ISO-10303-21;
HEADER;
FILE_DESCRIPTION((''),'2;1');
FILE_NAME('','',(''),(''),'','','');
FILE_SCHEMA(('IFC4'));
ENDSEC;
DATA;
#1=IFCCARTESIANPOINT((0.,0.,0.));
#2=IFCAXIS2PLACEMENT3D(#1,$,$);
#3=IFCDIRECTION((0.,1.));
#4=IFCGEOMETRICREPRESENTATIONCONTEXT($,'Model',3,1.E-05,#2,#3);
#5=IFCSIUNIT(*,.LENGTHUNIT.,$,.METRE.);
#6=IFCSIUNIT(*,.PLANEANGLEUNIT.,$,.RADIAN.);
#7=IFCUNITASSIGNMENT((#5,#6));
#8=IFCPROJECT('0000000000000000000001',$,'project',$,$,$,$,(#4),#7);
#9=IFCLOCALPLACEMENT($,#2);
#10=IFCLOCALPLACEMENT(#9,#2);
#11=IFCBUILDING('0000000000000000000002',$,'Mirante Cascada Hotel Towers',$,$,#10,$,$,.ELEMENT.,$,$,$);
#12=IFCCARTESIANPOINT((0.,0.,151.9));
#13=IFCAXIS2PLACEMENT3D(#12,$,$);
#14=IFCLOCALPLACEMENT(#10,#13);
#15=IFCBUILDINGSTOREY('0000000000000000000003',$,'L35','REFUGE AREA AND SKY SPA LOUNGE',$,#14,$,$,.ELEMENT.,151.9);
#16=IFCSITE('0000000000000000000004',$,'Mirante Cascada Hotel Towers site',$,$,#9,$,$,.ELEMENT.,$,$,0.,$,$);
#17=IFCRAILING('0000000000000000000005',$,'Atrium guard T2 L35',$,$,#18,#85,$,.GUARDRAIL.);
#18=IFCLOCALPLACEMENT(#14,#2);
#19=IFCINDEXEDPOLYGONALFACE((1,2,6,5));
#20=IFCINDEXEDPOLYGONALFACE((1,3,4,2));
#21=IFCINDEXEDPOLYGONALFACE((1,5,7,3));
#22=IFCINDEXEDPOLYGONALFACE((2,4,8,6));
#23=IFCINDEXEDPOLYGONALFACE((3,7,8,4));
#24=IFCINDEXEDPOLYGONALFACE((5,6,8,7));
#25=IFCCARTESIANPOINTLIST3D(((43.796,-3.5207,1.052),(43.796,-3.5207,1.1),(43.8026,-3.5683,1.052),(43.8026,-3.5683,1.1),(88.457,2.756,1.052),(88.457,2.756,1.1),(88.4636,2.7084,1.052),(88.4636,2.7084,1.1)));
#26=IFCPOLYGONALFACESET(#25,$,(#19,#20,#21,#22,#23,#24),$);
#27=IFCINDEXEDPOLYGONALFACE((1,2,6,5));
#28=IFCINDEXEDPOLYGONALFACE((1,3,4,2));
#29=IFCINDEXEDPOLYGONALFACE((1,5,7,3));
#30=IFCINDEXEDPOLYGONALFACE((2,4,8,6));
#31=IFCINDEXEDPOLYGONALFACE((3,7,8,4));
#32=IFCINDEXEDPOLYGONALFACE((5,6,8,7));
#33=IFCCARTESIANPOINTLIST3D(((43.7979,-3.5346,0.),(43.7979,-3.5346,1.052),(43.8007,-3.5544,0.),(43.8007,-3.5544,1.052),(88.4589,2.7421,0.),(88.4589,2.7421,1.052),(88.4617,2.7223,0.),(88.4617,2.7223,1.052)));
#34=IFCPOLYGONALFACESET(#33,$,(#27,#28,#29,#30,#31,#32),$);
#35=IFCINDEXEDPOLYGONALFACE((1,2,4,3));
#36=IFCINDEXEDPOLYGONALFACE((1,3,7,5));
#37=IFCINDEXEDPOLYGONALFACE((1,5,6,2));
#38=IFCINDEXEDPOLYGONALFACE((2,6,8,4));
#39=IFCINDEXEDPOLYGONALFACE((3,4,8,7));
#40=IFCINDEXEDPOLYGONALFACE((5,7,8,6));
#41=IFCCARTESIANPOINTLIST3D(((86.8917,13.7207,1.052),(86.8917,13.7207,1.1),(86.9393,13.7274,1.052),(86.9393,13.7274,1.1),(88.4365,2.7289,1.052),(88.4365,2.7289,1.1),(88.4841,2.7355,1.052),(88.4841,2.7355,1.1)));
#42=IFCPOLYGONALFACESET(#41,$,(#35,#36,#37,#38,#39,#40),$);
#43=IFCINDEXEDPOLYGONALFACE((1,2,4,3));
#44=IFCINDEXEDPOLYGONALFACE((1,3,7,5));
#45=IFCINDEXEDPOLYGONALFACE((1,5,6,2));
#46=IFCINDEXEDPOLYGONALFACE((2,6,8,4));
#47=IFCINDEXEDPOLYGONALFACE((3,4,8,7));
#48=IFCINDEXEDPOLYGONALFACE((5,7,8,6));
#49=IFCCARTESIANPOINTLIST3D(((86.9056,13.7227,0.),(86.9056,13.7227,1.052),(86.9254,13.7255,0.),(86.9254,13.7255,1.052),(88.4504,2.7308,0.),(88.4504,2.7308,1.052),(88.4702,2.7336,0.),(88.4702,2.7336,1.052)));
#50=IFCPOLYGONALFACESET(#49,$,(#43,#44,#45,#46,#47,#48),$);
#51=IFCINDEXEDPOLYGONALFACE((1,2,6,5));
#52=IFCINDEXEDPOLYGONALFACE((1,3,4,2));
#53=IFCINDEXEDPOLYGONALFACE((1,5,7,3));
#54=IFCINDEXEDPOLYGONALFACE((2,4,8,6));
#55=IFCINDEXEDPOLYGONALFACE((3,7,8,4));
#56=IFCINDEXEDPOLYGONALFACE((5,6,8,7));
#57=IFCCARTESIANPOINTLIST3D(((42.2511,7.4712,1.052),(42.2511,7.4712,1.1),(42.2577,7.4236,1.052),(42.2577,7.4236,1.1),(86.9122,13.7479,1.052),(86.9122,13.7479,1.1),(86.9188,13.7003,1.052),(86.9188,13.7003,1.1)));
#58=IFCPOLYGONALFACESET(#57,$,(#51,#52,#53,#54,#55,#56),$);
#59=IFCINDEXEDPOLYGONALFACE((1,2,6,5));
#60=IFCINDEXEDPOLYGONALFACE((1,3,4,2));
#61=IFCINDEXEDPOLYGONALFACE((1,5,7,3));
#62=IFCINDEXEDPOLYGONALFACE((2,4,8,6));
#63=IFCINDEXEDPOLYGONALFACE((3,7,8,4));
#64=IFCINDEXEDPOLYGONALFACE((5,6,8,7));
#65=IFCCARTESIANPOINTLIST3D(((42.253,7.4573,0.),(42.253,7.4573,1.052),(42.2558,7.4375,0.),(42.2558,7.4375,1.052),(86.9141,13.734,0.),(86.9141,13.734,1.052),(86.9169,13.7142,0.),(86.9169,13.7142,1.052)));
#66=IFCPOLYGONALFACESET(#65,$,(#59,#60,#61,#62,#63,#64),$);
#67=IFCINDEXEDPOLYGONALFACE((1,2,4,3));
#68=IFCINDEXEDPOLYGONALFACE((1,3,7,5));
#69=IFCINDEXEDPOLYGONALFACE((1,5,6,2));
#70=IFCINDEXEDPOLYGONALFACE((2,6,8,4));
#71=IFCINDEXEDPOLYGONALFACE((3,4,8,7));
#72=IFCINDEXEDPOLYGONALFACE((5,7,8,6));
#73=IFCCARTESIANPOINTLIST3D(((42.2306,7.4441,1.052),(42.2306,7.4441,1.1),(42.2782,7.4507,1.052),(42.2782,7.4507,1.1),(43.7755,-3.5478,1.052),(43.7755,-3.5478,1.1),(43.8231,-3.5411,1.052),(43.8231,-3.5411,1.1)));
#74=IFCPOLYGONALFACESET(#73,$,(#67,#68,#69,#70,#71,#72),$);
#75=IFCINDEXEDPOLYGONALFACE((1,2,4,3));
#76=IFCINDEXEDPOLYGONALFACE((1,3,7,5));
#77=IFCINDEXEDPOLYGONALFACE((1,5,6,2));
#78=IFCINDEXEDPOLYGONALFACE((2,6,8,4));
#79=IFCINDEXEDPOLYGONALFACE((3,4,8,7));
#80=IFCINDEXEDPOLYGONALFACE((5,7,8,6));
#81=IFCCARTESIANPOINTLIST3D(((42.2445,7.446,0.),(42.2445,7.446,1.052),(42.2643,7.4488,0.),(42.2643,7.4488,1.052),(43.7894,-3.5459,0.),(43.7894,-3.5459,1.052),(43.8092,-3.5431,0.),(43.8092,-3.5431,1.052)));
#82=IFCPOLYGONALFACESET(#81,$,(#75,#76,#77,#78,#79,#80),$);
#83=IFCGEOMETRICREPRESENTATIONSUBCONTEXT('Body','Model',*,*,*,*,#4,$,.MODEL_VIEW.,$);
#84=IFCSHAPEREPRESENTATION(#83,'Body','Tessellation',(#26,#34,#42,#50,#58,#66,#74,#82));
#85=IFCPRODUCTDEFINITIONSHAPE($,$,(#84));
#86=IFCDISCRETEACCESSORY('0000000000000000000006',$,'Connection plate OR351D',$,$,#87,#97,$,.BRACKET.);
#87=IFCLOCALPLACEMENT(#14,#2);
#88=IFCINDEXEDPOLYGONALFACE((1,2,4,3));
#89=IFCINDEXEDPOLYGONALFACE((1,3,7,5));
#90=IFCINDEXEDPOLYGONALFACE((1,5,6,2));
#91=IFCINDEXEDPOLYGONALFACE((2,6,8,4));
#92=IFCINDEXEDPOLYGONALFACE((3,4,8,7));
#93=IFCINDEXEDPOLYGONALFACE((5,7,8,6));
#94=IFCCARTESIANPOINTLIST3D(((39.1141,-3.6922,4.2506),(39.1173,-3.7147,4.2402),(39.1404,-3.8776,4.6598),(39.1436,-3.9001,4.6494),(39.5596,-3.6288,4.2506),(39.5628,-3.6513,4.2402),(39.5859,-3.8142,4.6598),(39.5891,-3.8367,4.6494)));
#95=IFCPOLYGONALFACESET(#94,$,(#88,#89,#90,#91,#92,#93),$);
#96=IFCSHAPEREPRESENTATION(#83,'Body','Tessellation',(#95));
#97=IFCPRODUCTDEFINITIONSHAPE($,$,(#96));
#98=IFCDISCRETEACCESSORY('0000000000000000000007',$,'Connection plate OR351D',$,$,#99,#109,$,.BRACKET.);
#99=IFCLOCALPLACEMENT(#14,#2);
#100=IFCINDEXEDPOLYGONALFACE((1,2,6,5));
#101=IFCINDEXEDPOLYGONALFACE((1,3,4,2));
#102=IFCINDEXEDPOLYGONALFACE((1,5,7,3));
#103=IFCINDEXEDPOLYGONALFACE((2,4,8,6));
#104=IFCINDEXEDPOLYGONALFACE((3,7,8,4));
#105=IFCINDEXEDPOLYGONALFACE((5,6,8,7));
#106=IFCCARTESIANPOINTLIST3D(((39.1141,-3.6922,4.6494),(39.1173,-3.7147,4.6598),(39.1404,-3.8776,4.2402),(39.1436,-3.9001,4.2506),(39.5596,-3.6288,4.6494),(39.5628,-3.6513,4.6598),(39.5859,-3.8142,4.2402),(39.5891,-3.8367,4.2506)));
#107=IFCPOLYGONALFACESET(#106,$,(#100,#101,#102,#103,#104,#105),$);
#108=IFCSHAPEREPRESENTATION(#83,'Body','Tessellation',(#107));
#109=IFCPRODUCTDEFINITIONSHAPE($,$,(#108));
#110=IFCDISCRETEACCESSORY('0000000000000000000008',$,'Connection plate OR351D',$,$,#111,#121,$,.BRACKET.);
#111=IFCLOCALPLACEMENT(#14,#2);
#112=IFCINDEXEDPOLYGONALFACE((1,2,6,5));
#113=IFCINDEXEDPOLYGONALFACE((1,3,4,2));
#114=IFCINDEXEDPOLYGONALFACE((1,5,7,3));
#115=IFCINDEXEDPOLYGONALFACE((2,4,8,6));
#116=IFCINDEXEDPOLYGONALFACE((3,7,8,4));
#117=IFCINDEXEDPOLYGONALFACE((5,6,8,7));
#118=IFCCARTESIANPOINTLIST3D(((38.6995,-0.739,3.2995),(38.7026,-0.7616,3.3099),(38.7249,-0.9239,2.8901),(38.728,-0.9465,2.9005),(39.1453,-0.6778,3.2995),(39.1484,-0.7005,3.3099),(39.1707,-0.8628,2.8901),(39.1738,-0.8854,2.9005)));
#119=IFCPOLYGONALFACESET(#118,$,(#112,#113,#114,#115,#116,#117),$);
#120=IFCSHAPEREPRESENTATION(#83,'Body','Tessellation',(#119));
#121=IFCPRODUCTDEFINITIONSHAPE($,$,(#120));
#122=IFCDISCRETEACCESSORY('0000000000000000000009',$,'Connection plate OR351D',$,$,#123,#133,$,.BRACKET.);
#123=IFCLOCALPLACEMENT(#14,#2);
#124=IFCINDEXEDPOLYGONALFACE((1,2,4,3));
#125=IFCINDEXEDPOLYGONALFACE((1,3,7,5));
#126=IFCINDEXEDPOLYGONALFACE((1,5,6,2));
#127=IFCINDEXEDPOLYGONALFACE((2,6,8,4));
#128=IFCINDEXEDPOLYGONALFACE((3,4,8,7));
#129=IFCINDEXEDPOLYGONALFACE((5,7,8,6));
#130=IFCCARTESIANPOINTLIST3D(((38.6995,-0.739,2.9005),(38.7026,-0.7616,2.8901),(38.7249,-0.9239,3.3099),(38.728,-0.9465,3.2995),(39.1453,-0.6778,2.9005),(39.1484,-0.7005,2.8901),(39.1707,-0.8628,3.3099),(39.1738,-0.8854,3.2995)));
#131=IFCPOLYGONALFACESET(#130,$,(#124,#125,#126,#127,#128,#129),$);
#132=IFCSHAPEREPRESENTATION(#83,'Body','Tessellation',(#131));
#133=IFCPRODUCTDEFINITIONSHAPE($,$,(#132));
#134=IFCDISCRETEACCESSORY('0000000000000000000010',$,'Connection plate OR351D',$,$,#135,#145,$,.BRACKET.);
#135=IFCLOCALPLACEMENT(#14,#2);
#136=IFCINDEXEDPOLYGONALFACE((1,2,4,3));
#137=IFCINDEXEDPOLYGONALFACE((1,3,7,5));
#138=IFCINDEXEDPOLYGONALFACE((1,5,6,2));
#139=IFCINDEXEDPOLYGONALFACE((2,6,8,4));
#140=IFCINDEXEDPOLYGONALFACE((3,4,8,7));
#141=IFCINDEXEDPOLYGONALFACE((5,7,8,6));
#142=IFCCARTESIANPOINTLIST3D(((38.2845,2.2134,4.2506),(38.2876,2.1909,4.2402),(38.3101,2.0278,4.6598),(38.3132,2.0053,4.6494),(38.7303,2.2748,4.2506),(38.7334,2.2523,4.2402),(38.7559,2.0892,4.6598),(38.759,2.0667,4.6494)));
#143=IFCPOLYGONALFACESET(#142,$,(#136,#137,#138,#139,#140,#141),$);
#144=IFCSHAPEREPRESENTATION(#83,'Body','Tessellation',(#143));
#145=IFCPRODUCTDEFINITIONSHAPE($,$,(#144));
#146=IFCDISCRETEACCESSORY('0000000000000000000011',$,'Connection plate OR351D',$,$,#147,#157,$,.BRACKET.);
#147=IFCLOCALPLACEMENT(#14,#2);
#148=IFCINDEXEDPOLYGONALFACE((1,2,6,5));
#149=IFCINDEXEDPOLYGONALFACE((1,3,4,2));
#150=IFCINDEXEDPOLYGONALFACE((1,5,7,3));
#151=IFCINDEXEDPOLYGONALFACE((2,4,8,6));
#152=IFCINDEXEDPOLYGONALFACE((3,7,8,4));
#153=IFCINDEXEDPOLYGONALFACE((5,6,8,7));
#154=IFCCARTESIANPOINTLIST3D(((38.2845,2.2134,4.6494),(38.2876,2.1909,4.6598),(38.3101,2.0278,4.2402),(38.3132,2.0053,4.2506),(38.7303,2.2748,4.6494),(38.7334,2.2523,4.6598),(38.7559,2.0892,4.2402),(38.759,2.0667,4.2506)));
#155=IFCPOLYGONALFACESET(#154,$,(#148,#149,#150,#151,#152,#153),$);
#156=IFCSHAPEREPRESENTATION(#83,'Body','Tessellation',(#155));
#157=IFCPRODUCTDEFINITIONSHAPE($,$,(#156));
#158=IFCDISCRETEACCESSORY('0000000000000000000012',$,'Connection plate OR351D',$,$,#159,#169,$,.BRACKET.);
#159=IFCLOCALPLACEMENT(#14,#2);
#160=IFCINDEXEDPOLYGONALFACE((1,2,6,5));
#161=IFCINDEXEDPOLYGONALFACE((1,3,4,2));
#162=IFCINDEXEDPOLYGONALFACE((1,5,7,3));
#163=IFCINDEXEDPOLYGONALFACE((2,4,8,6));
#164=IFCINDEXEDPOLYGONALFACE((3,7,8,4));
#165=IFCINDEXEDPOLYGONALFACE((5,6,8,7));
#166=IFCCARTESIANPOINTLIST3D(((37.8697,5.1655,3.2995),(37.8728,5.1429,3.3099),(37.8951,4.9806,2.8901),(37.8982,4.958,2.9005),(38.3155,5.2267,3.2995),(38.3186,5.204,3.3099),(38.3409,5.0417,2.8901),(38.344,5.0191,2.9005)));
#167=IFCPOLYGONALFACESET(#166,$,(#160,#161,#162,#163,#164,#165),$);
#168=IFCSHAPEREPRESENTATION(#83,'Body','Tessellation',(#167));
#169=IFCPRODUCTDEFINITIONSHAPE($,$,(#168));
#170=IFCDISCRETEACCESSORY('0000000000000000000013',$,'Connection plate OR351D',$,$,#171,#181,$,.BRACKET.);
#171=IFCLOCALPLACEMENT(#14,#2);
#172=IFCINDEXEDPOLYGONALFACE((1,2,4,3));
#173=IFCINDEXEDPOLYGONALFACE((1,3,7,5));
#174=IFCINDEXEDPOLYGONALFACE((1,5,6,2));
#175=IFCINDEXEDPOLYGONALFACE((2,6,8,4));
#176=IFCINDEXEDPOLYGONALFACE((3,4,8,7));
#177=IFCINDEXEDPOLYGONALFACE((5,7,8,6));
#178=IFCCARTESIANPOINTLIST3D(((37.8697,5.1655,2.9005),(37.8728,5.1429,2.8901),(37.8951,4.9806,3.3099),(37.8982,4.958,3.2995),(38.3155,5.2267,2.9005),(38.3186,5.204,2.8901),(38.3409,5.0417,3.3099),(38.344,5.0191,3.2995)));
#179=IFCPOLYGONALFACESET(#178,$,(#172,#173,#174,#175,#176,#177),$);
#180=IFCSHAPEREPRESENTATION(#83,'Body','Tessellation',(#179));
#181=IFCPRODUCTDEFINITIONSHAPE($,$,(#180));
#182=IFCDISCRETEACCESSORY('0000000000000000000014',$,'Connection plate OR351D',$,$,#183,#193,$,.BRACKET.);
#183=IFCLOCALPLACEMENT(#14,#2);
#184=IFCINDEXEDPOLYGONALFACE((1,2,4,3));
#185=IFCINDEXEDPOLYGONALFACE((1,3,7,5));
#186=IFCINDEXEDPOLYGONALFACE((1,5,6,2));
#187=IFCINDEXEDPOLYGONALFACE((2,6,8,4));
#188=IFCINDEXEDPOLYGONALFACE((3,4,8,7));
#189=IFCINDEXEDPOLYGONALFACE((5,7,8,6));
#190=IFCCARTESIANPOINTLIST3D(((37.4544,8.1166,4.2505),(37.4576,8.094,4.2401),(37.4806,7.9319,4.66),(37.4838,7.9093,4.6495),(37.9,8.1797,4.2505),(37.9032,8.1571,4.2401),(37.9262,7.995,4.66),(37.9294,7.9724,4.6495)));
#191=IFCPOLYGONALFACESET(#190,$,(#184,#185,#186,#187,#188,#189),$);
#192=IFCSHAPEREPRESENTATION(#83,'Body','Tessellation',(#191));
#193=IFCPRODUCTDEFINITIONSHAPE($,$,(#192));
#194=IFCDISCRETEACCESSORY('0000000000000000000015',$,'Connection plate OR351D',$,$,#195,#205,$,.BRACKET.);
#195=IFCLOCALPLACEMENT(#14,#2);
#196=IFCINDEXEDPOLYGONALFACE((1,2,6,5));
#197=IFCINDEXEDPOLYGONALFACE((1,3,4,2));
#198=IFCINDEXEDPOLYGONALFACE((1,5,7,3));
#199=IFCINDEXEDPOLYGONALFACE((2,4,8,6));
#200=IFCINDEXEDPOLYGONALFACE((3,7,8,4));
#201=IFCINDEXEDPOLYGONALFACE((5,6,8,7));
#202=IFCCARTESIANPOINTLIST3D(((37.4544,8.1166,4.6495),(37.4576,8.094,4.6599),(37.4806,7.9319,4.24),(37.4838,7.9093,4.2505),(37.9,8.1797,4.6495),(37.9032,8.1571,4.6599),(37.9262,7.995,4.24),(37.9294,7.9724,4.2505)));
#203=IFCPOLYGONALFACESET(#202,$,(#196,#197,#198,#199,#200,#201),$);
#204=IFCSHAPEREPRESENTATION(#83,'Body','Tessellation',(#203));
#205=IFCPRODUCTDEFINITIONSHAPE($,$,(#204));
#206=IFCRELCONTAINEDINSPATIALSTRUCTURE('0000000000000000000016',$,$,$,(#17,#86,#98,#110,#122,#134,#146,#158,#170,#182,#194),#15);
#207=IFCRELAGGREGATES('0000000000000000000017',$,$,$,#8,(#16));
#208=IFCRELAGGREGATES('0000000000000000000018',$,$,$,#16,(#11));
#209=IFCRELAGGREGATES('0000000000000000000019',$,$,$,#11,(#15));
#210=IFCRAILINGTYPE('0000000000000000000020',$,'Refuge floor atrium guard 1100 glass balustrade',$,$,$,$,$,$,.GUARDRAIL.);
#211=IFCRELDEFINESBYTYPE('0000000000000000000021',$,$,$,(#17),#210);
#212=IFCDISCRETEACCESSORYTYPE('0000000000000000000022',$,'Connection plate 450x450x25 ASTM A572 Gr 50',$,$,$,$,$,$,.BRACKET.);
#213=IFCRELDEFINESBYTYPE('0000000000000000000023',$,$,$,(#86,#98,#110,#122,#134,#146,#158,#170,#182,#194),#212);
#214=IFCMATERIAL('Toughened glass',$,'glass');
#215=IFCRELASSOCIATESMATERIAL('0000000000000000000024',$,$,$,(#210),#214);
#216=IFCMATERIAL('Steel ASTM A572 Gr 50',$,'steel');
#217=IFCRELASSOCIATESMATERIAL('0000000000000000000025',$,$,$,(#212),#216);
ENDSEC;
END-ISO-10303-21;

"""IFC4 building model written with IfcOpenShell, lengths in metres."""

from ifc_helpers import new_model, si_unit, direction, frame, origin, origin_2d, place, context, subcontext, project, spatial, rectangle, extrude, material, material_profile, profile_set, type_object, element, save


model = new_model("IFC4")

# Units and contexts
model_context = context("Model", 3, precision=1e-05, world=origin(), true_north=direction((0.0, 1.0)))
body_context = subcontext(model_context, "Body", "Model", "MODEL_VIEW")
ifc_project = project(units=[si_unit("LENGTHUNIT", "METRE"), si_unit("PLANEANGLEUNIT", "RADIAN")], contexts=[model_context])

# Site, building, storey
site_placement = place(None, origin())
site = spatial("IfcSite", under=ifc_project, at=site_placement, Name="Mirante Cascada Hotel Towers site", CompositionType="ELEMENT", RefElevation=0.0)
building_placement = place(site_placement, origin())
building = spatial("IfcBuilding", under=site, at=building_placement, Name="Mirante Cascada Hotel Towers", CompositionType="ELEMENT")
storey_placement = place(building_placement, frame((0.0, 0.0, 151.9)))
storey = spatial("IfcBuildingStorey", under=building, at=storey_placement, Name="L35", Description="REFUGE AREA AND SKY SPA LOUNGE", CompositionType="ELEMENT", Elevation=151.9)

# Railing
ifc_material_1 = material(Name="Toughened glass", Category="glass")
railing_type = type_object("IfcRailingType", Name="Refuge floor atrium guard 1100 glass balustrade", PredefinedType="GUARDRAIL", material=ifc_material_1)
railing_placement = place(storey_placement, frame((43.7993, -3.5445, 0.0)))
element("IfcRailing", 1, at=railing_placement, inside=storey, type_object=railing_type, Name="Atrium guard T2 L35", PredefinedType="GUARDRAIL", context=body_context, shape_type="SweptSolid", body=[
    extrude(rectangle(XDim=0.048, YDim=0.048, at=origin_2d()), frame((0.0, 0.0, 1.076), z_axis=(0.990268, 0.139173, 0.0), x_axis=(-0.139173, 0.990268, 0.0)), (0.0, 0.0, 1.0), 45.0999),
    extrude(rectangle(XDim=0.02, YDim=1.052, at=origin_2d()), frame((0.0, 0.0, 0.526), z_axis=(0.990268, 0.139173, 0.0), x_axis=(-0.139173, 0.990268, 0.0)), (0.0, 0.0, 1.0), 45.0999),
    extrude(rectangle(XDim=0.048, YDim=0.048, at=origin_2d()), frame((44.661, 6.2767, 1.076), z_axis=(-0.139172, 0.990268, 0.0), x_axis=(-0.990268, -0.139172, 0.0)), (0.0, 0.0, 1.0), 11.0999),
    extrude(rectangle(XDim=0.02, YDim=1.052, at=origin_2d()), frame((44.661, 6.2767, 0.526), z_axis=(-0.139172, 0.990268, 0.0), x_axis=(-0.990268, -0.139172, 0.0)), (0.0, 0.0, 1.0), 11.0999),
    extrude(rectangle(XDim=0.048, YDim=0.048, at=origin_2d()), frame((43.1162, 17.2686, 1.076), z_axis=(-0.990268, -0.139173, 0.0), x_axis=(0.139173, -0.990268, 0.0)), (0.0, 0.0, 1.0), 45.1),
    extrude(rectangle(XDim=0.02, YDim=1.052, at=origin_2d()), frame((43.1162, 17.2686, 0.526), z_axis=(-0.990268, -0.139173, 0.0), x_axis=(0.139173, -0.990268, 0.0)), (0.0, 0.0, 1.0), 45.1),
    extrude(rectangle(XDim=0.048, YDim=0.048, at=origin_2d()), frame((-1.5449, 10.9919, 1.076), z_axis=(0.139181, -0.990267, 0.0), x_axis=(0.990267, 0.139181, 0.0)), (0.0, 0.0, 1.0), 11.0999),
    extrude(rectangle(XDim=0.02, YDim=1.052, at=origin_2d()), frame((-1.5449, 10.9919, 0.526), z_axis=(0.139181, -0.990267, 0.0), x_axis=(0.990267, 0.139181, 0.0)), (0.0, 0.0, 1.0), 11.0999),
])

# Discrete accessories
ifc_material_2 = material(Name="Steel ASTM A572 Gr 50", Category="steel")
ifc_material_profile_1 = material_profile(ifc_material_2, rectangle(XDim=0.45, YDim=0.45, at=origin_2d()), Name="Connection plate 450x450x25 ASTM A572 Gr 50")
ifc_profile_set_1 = profile_set([ifc_material_profile_1], Name="Steel ASTM A572 Gr 50")
discrete_accessory_type = type_object("IfcDiscreteAccessoryType", Name="Connection plate 450x450x25 ASTM A572 Gr 50", PredefinedType="BRACKET", material=ifc_profile_set_1)
for number, where, z_axis, x_axis, name in (
    (2, (39.3532, -3.7757, 4.4448), (-0.128036, 0.900252, 0.416117), (-0.990037, -0.140805, 0.0), "Connection plate OR351D"),
    (3, (39.3532, -3.7757, 4.4552), (-0.128036, 0.900252, -0.416117), (-0.990037, -0.140805, 0.0), "Connection plate OR351D"),
):
    element("IfcDiscreteAccessory", number, at=place(storey_placement, frame(where, z_axis=z_axis, x_axis=x_axis)), inside=storey, type_object=discrete_accessory_type, Name=name, PredefinedType="BRACKET", context=body_context, shape_type="SweptSolid", body=[
        extrude(rectangle(XDim=0.45, YDim=0.45, at=origin_2d()), origin(), (0.0, 0.0, 1.0), 0.025),
    ])
for number, where, z_axis, x_axis, name in (
    (4, (38.9382, -0.8235, 3.1052), (-0.123651, 0.901458, -0.41483), (-0.990723, -0.135896, 0.0), "Connection plate OR351D"),
    (5, (38.9382, -0.8235, 3.0948), (-0.123651, 0.901458, 0.41483), (-0.990723, -0.135896, 0.0), "Connection plate OR351D"),
):
    element("IfcDiscreteAccessory", number, at=place(storey_placement, frame(where, z_axis=z_axis, x_axis=x_axis)), inside=storey, type_object=discrete_accessory_type, Name=name, PredefinedType="BRACKET", context=body_context, shape_type="SweptSolid", body=[
        extrude(rectangle(XDim=0.45, YDim=0.45, at=origin_2d()), origin(), (0.0, 0.0, 1.0), 0.0251),
    ])
for number, where, z_axis, x_axis, name in (
    (6, (38.5233, 2.1288, 4.4448), (-0.124097, 0.900706, 0.416326), (-0.990642, -0.136488, 0.0), "Connection plate OR351D"),
    (7, (38.5233, 2.1288, 4.4552), (-0.124097, 0.900706, -0.416326), (-0.990642, -0.136488, 0.0), "Connection plate OR351D"),
):
    element("IfcDiscreteAccessory", number, at=place(storey_placement, frame(where, z_axis=z_axis, x_axis=x_axis)), inside=storey, type_object=discrete_accessory_type, Name=name, PredefinedType="BRACKET", context=body_context, shape_type="SweptSolid", body=[
        extrude(rectangle(XDim=0.45, YDim=0.45, at=origin_2d()), origin(), (0.0, 0.0, 1.0), 0.025),
    ])
for number, where, z_axis, x_axis, name in (
    (8, (38.1084, 5.081, 3.1052), (-0.123651, 0.901458, -0.41483), (-0.990723, -0.135896, 0.0), "Connection plate OR351D"),
    (9, (38.1084, 5.081, 3.0948), (-0.123651, 0.901458, 0.41483), (-0.990723, -0.135896, 0.0), "Connection plate OR351D"),
    (10, (37.6935, 8.0332, 4.4448), (-0.127576, 0.901006, 0.414622), (-0.990124, -0.140194, 0.0), "Connection plate OR351D"),
    (11, (37.6935, 8.0332, 4.4552), (-0.127576, 0.901006, -0.414622), (-0.990124, -0.140194, 0.0), "Connection plate OR351D"),
):
    element("IfcDiscreteAccessory", number, at=place(storey_placement, frame(where, z_axis=z_axis, x_axis=x_axis)), inside=storey, type_object=discrete_accessory_type, Name=name, PredefinedType="BRACKET", context=body_context, shape_type="SweptSolid", body=[
        extrude(rectangle(XDim=0.45, YDim=0.45, at=origin_2d()), origin(), (0.0, 0.0, 1.0), 0.0251),
    ])

save(model, "model.ifc")
